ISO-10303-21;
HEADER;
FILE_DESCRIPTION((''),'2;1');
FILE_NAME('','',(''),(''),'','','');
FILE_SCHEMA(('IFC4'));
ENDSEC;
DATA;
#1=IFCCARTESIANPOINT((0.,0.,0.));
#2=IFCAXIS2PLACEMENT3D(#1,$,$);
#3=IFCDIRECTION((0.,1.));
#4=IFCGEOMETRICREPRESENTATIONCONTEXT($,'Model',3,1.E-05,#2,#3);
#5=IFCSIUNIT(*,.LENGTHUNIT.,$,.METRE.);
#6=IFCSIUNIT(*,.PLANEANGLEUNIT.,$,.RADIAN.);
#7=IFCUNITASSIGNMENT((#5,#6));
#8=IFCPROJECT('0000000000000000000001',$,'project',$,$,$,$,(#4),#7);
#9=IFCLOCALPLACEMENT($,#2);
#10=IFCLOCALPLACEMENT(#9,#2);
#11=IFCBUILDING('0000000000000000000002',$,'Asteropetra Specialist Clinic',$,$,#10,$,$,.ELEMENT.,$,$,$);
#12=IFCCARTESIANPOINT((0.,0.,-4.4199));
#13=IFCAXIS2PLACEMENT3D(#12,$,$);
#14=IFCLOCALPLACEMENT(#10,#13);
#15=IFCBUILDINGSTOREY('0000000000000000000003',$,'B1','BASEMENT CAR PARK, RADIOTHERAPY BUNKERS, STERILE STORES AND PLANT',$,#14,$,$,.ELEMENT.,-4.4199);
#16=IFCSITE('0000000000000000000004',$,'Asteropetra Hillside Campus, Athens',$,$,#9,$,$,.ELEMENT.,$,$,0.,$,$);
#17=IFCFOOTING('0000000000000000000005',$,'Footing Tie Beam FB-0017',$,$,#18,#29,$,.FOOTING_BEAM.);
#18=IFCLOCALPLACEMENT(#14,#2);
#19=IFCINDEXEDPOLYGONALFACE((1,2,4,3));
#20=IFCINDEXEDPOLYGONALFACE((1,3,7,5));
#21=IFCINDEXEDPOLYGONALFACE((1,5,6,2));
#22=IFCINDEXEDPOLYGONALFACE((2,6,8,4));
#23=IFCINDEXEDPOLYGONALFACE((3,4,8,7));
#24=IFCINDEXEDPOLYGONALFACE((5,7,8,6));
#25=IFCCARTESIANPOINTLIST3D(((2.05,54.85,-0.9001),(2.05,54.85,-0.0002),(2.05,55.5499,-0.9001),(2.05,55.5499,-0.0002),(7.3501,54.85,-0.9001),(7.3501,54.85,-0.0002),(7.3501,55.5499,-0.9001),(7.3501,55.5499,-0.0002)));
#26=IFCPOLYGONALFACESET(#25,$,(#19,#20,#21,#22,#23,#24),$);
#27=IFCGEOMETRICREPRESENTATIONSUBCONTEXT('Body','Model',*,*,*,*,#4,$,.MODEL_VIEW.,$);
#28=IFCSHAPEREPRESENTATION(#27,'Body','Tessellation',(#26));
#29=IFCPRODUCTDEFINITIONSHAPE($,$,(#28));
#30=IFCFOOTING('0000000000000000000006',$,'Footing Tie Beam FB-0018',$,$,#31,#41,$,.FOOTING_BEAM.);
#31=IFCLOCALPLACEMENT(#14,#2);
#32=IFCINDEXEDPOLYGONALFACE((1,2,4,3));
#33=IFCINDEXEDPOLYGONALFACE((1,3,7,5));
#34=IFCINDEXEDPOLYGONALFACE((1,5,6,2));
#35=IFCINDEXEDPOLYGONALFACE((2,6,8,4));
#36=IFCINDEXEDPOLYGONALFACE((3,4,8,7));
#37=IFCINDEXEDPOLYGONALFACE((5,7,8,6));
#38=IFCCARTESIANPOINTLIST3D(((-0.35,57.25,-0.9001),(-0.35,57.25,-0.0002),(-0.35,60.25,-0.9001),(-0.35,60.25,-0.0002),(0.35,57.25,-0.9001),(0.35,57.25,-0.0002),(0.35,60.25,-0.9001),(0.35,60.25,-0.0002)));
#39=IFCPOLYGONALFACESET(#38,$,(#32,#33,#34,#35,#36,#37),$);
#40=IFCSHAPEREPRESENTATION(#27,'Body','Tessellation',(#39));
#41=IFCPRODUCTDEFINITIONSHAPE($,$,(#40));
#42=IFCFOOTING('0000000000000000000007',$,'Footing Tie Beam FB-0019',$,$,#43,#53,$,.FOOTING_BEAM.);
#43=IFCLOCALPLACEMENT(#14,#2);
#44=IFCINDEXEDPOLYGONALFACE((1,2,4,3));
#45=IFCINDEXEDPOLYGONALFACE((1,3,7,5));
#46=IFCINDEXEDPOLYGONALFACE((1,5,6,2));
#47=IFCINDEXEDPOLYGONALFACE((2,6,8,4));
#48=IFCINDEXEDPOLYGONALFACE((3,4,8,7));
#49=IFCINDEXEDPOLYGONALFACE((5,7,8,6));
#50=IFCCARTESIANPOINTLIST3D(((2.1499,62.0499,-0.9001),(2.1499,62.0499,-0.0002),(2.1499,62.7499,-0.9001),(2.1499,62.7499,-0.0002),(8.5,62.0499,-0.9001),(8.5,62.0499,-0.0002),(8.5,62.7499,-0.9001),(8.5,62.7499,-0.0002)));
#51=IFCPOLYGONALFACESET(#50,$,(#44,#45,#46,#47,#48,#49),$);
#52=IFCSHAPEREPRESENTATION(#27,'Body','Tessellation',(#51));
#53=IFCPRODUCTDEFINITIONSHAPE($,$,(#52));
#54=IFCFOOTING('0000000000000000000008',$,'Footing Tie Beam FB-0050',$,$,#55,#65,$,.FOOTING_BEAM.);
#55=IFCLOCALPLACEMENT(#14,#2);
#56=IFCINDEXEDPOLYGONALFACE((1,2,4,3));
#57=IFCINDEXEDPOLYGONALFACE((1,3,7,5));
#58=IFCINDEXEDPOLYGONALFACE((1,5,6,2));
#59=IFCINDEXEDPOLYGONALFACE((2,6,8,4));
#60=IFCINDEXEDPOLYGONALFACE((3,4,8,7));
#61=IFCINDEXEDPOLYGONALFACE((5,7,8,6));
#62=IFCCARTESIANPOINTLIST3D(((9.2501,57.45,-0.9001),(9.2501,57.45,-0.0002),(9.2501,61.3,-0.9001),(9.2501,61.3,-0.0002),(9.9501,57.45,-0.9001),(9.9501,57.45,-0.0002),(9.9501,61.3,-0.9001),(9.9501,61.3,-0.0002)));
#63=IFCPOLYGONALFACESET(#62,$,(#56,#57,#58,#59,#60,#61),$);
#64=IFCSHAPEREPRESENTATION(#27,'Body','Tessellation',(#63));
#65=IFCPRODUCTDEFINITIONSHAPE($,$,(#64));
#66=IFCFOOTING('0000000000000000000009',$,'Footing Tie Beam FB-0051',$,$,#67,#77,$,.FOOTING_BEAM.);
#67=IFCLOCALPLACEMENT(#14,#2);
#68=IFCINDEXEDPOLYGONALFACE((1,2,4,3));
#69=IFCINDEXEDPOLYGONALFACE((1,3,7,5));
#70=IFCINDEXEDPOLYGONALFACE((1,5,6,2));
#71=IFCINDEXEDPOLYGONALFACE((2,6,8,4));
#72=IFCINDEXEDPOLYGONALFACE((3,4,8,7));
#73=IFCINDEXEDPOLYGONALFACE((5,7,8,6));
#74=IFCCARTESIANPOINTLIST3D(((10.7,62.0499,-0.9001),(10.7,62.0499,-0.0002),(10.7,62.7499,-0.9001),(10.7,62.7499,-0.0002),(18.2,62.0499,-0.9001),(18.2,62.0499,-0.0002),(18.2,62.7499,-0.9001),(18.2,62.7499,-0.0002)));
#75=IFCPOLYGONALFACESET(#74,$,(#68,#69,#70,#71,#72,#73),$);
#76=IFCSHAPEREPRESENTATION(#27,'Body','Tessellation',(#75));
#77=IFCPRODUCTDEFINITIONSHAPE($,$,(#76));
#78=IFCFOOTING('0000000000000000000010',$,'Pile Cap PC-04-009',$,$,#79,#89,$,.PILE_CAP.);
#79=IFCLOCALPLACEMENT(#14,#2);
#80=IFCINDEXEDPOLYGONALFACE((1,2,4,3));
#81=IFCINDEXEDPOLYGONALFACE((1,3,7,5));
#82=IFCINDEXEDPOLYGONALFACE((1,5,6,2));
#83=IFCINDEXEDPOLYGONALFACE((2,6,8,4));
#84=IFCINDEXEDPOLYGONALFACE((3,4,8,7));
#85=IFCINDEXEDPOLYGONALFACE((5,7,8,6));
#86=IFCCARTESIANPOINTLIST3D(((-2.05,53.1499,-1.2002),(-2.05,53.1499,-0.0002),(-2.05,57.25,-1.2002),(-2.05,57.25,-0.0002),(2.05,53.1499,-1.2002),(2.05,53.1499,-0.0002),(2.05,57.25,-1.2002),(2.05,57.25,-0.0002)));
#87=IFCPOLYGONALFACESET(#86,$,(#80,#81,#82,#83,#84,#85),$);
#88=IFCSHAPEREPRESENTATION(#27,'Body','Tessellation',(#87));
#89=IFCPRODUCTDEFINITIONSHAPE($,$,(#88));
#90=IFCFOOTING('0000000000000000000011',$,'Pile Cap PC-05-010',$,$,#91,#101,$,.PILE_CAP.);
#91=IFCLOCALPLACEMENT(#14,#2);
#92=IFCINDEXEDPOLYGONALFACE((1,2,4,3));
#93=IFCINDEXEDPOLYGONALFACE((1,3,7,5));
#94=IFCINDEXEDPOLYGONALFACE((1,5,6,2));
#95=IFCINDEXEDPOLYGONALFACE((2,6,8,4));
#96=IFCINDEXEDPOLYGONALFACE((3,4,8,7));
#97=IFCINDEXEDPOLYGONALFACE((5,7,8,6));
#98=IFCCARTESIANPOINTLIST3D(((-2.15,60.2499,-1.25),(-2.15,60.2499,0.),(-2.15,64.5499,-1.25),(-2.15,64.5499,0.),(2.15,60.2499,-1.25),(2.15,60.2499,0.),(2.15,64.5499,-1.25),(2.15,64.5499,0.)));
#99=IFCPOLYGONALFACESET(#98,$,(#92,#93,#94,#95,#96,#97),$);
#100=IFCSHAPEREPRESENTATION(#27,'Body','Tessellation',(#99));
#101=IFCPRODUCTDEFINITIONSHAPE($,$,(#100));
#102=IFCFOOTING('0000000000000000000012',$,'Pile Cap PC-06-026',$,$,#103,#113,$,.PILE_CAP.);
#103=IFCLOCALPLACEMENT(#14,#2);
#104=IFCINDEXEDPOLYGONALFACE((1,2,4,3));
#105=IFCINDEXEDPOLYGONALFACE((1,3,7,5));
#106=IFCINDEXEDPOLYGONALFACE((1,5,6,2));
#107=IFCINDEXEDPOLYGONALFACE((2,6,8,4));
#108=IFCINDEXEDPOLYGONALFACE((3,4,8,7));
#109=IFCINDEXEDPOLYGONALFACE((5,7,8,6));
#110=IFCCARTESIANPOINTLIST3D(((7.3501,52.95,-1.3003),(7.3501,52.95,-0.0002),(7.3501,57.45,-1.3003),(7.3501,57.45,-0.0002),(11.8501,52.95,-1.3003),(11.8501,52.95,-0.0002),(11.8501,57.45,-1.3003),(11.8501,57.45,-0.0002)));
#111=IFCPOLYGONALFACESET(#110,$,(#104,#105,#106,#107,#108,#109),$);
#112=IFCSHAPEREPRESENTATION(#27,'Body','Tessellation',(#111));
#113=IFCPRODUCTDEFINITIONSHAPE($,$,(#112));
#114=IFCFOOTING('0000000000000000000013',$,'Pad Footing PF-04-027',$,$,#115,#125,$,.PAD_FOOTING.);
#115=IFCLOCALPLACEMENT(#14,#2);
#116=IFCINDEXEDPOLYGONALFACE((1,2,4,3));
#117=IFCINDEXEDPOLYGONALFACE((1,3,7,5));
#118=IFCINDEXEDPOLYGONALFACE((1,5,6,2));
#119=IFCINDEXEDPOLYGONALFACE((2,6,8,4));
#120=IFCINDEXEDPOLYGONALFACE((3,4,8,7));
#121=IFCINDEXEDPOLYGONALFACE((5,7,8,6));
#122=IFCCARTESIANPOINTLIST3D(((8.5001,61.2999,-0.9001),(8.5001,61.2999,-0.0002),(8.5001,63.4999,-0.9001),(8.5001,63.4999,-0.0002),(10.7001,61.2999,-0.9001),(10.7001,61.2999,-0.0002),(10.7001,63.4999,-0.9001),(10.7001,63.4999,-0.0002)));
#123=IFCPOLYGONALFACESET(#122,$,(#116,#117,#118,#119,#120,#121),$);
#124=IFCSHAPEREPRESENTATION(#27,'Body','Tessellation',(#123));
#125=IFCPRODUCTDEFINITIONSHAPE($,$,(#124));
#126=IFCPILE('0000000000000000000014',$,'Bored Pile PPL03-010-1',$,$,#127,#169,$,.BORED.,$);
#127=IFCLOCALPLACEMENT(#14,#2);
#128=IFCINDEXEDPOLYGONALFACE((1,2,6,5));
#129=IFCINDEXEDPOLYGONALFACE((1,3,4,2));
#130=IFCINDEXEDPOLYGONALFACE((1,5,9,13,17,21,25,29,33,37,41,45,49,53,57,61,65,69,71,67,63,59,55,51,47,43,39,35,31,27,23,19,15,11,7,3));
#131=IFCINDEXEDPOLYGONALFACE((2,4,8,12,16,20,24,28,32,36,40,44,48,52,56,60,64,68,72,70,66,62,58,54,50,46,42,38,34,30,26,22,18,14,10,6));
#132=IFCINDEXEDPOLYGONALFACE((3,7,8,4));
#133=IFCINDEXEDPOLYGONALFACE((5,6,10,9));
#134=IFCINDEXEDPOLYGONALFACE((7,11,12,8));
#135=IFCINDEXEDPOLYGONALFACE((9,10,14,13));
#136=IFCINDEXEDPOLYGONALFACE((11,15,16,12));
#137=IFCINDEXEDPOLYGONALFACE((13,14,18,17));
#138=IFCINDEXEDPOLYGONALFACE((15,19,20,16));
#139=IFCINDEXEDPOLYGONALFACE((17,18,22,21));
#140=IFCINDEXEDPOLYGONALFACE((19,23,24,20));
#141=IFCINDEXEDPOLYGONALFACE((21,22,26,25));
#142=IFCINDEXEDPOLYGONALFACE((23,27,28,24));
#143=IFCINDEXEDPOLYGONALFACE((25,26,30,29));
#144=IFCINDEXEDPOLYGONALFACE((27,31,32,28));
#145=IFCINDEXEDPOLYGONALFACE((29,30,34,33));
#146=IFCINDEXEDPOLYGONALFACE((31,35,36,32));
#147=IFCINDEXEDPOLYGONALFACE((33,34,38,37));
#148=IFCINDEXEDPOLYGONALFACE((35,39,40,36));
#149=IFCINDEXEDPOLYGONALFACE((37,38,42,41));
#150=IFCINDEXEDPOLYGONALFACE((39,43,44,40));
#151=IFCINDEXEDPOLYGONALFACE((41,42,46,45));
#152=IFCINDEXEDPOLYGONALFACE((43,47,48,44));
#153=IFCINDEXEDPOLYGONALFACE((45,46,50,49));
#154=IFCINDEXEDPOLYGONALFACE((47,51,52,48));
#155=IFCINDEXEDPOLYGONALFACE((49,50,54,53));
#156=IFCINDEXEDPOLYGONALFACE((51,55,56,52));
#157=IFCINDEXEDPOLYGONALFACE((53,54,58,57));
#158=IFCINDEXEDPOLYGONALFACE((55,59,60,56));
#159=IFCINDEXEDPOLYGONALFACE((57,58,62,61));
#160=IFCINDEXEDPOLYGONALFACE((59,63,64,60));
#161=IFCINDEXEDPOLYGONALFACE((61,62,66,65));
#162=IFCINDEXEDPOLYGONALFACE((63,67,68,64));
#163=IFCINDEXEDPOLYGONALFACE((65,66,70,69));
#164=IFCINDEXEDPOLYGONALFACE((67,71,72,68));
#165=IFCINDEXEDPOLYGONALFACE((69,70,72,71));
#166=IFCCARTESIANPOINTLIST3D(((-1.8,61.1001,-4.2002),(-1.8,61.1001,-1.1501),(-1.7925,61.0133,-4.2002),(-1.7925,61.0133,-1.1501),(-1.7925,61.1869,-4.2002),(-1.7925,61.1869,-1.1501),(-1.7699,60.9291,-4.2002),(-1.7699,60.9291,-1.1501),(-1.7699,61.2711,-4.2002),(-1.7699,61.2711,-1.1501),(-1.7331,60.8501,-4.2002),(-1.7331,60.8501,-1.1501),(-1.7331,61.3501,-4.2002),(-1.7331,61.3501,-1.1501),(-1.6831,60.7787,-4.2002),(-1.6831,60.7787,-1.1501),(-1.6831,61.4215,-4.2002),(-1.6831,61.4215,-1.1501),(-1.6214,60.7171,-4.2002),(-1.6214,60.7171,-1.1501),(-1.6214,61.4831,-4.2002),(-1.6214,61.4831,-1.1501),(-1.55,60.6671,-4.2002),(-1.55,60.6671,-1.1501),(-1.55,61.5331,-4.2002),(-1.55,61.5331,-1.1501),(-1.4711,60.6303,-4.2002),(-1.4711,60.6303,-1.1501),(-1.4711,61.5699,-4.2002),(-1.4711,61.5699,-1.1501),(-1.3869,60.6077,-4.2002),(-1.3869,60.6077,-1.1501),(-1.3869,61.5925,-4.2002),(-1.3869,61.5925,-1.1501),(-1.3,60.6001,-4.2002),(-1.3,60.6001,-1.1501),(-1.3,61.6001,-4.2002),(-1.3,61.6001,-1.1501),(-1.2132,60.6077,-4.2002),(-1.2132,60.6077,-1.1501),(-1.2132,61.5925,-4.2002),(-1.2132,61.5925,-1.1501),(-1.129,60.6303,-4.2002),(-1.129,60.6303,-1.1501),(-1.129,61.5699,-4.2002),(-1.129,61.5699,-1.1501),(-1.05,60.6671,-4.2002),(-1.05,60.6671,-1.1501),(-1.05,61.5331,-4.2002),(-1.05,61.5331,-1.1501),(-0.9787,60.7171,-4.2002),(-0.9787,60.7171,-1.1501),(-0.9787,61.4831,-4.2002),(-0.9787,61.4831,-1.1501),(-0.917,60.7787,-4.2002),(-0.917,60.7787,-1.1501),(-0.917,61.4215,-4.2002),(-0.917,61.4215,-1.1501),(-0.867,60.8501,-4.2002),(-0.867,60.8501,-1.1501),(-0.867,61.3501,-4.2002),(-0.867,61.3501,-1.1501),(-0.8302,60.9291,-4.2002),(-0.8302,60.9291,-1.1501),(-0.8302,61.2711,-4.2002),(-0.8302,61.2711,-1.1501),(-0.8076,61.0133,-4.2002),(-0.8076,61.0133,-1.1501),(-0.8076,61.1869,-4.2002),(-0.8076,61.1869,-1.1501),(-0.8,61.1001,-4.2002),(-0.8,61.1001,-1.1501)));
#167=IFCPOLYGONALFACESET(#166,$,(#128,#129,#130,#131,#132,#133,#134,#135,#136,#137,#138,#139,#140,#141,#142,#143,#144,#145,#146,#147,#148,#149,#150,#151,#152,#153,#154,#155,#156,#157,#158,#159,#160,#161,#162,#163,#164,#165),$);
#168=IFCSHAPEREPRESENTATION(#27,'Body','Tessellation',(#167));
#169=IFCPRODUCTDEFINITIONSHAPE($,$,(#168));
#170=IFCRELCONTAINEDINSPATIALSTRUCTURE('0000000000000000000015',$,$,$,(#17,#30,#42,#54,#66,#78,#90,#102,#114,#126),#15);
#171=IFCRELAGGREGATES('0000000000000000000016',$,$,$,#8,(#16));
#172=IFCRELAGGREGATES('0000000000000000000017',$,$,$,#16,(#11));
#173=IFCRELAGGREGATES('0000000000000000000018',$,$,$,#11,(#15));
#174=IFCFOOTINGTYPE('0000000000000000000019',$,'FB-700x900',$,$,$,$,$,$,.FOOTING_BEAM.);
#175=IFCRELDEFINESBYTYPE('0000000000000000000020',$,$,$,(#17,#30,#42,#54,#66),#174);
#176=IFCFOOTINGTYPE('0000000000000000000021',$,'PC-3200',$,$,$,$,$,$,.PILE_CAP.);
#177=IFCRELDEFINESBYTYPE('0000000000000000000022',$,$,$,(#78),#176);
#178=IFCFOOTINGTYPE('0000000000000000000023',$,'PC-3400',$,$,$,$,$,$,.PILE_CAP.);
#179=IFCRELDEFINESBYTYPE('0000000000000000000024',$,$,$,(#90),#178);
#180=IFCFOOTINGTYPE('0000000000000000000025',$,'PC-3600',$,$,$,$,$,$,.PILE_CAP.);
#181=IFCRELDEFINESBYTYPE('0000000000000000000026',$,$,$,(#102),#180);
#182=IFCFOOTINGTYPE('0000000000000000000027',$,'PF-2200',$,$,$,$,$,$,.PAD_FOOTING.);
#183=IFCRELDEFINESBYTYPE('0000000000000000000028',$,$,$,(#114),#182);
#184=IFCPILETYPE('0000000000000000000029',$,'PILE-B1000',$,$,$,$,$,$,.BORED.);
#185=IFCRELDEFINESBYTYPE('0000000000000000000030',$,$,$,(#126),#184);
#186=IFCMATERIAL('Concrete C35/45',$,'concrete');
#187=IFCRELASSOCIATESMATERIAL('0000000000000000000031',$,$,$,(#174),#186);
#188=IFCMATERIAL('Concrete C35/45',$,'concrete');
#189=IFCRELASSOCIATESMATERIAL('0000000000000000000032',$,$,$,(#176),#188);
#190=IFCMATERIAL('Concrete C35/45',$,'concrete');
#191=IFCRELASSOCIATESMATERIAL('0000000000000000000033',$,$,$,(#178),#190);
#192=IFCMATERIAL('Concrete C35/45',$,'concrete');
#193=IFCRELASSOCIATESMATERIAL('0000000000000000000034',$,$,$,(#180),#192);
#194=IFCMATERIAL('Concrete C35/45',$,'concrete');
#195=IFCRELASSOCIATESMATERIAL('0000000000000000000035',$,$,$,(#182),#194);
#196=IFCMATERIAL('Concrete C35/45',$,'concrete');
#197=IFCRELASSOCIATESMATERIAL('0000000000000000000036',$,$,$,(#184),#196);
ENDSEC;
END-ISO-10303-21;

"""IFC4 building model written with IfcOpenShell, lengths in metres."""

from ifc_helpers import new_model, si_unit, direction, frame, origin, origin_2d, place, context, subcontext, project, spatial, rectangle, circle, extrude, material, material_profile, profile_set, type_object, element, save


model = new_model("IFC4")

# Units and contexts
model_context = context("Model", 3, precision=1e-05, world=origin(), true_north=direction((0.0, 1.0)))
body_context = subcontext(model_context, "Body", "Model", "MODEL_VIEW")
ifc_project = project(units=[si_unit("LENGTHUNIT", "METRE"), si_unit("PLANEANGLEUNIT", "RADIAN")], contexts=[model_context])

# Site, building, storey
site_placement = place(None, origin())
site = spatial("IfcSite", under=ifc_project, at=site_placement, Name="Asteropetra Hillside Campus, Athens", CompositionType="ELEMENT", RefElevation=0.0)
building_placement = place(site_placement, origin())
building = spatial("IfcBuilding", under=site, at=building_placement, Name="Asteropetra Specialist Clinic", CompositionType="ELEMENT")
storey_placement = place(building_placement, frame((0.0, 0.0, -4.4199)))
storey = spatial("IfcBuildingStorey", under=building, at=storey_placement, Name="B1", Description="BASEMENT CAR PARK, RADIOTHERAPY BUNKERS, STERILE STORES AND PLANT", CompositionType="ELEMENT", Elevation=-4.4199)

# Footings
ifc_material_1 = material(Name="Concrete C35/45", Category="concrete")
ifc_material_profile_1 = material_profile(ifc_material_1, rectangle(XDim=0.7, YDim=0.8999, at=origin_2d()), Name="FB 700x900")
ifc_profile_set_1 = profile_set([ifc_material_profile_1], Name="Concrete C35/45")
footing_type_1 = type_object("IfcFootingType", Name="FB-700x900", PredefinedType="FOOTING_BEAM", material=ifc_profile_set_1)
footing_1_placement = place(storey_placement, frame((2.05, 55.2, -0.4502), z_axis=(1.0, 0.0, 0.0), x_axis=(0.0, 1.0, 0.0)))
element("IfcFooting", 1, at=footing_1_placement, inside=storey, type_object=footing_type_1, Name="Footing Tie Beam FB-0017", PredefinedType="FOOTING_BEAM", context=body_context, shape_type="SweptSolid", body=[
    extrude(rectangle(XDim=0.7, YDim=0.8999, at=origin_2d()), origin(), (0.0, 0.0, 1.0), 5.3),
])
footing_2_placement = place(storey_placement, frame((0.0, 57.25, -0.4502), z_axis=(0.0, 1.0, 0.0), x_axis=(-1.0, 0.0, 0.0)))
element("IfcFooting", 2, at=footing_2_placement, inside=storey, type_object=footing_type_1, Name="Footing Tie Beam FB-0018", PredefinedType="FOOTING_BEAM", context=body_context, shape_type="SweptSolid", body=[
    extrude(rectangle(XDim=0.7, YDim=0.8999, at=origin_2d()), origin(), (0.0, 0.0, 1.0), 3.0),
])
footing_3_placement = place(storey_placement, frame((2.1499, 62.3999, -0.4502), z_axis=(1.0, 0.0, 0.0), x_axis=(0.0, 1.0, 0.0)))
element("IfcFooting", 3, at=footing_3_placement, inside=storey, type_object=footing_type_1, Name="Footing Tie Beam FB-0019", PredefinedType="FOOTING_BEAM", context=body_context, shape_type="SweptSolid", body=[
    extrude(rectangle(XDim=0.7, YDim=0.8999, at=origin_2d()), origin(), (0.0, 0.0, 1.0), 6.3501),
])
footing_4_placement = place(storey_placement, frame((9.6001, 57.45, -0.4502), z_axis=(0.0, 1.0, 0.0), x_axis=(-1.0, 0.0, 0.0)))
element("IfcFooting", 4, at=footing_4_placement, inside=storey, type_object=footing_type_1, Name="Footing Tie Beam FB-0050", PredefinedType="FOOTING_BEAM", context=body_context, shape_type="SweptSolid", body=[
    extrude(rectangle(XDim=0.7, YDim=0.8999, at=origin_2d()), origin(), (0.0, 0.0, 1.0), 3.8501),
])
footing_5_placement = place(storey_placement, frame((10.7, 62.3999, -0.4502), z_axis=(1.0, 0.0, 0.0), x_axis=(0.0, 1.0, 0.0)))
element("IfcFooting", 5, at=footing_5_placement, inside=storey, type_object=footing_type_1, Name="Footing Tie Beam FB-0051", PredefinedType="FOOTING_BEAM", context=body_context, shape_type="SweptSolid", body=[
    extrude(rectangle(XDim=0.7, YDim=0.8999, at=origin_2d()), origin(), (0.0, 0.0, 1.0), 7.5),
])
ifc_material_2 = material(Name="Concrete C35/45", Category="concrete")
footing_type_2 = type_object("IfcFootingType", Name="PC-3200", PredefinedType="PILE_CAP", material=ifc_material_2)
footing_6_placement = place(storey_placement, frame((0.0, 55.2, -1.2002), z_axis=(0.0, 0.0, 1.0), x_axis=(1.0, 0.0, 0.0)))
element("IfcFooting", 6, at=footing_6_placement, inside=storey, type_object=footing_type_2, Name="Pile Cap PC-04-009", PredefinedType="PILE_CAP", context=body_context, shape_type="SweptSolid", body=[
    extrude(rectangle(XDim=4.1001, YDim=4.1001, at=origin_2d()), origin(), (0.0, 0.0, 1.0), 1.2),
])
ifc_material_3 = material(Name="Concrete C35/45", Category="concrete")
footing_type_3 = type_object("IfcFootingType", Name="PC-3400", PredefinedType="PILE_CAP", material=ifc_material_3)
footing_7_placement = place(storey_placement, frame((0.0, 62.3999, -1.25), z_axis=(0.0, 0.0, 1.0), x_axis=(1.0, 0.0, 0.0)))
element("IfcFooting", 7, at=footing_7_placement, inside=storey, type_object=footing_type_3, Name="Pile Cap PC-05-010", PredefinedType="PILE_CAP", context=body_context, shape_type="SweptSolid", body=[
    extrude(rectangle(XDim=4.3, YDim=4.3, at=origin_2d()), origin(), (0.0, 0.0, 1.0), 1.25),
])
ifc_material_4 = material(Name="Concrete C35/45", Category="concrete")
footing_type_4 = type_object("IfcFootingType", Name="PC-3600", PredefinedType="PILE_CAP", material=ifc_material_4)
footing_8_placement = place(storey_placement, frame((9.6001, 55.2, -1.3003), z_axis=(0.0, 0.0, 1.0), x_axis=(1.0, 0.0, 0.0)))
element("IfcFooting", 8, at=footing_8_placement, inside=storey, type_object=footing_type_4, Name="Pile Cap PC-06-026", PredefinedType="PILE_CAP", context=body_context, shape_type="SweptSolid", body=[
    extrude(rectangle(XDim=4.5, YDim=4.5, at=origin_2d()), origin(), (0.0, 0.0, 1.0), 1.3),
])
ifc_material_5 = material(Name="Concrete C35/45", Category="concrete")
footing_type_5 = type_object("IfcFootingType", Name="PF-2200", PredefinedType="PAD_FOOTING", material=ifc_material_5)
footing_9_placement = place(storey_placement, frame((9.6001, 62.3999, -0.9001), z_axis=(0.0, 0.0, 1.0), x_axis=(1.0, 0.0, 0.0)))
element("IfcFooting", 9, at=footing_9_placement, inside=storey, type_object=footing_type_5, Name="Pad Footing PF-04-027", PredefinedType="PAD_FOOTING", context=body_context, shape_type="SweptSolid", body=[
    extrude(rectangle(XDim=2.2, YDim=2.2, at=origin_2d()), origin(), (0.0, 0.0, 1.0), 0.8999),
])

# Pile
ifc_material_6 = material(Name="Concrete C35/45", Category="concrete")
ifc_material_profile_2 = material_profile(ifc_material_6, circle(Radius=0.5, at=origin_2d()), Name="PILE D1000")
ifc_profile_set_2 = profile_set([ifc_material_profile_2], Name="Concrete C35/45")
pile_type_1 = type_object("IfcPileType", Name="PILE-B1000", PredefinedType="BORED", material=ifc_profile_set_2)
for number, where, z_axis, x_axis, name in (
    (10, (-1.3, 61.1001, -1.1501), (0.0, 0.0, -1.0), (1.0, 0.0, 0.0), "Bored Pile PPL03-010-1"),
):
    element("IfcPile", number, at=place(storey_placement, frame(where, z_axis=z_axis, x_axis=x_axis)), inside=storey, type_object=pile_type_1, Name=name, PredefinedType="BORED", context=body_context, shape_type="SweptSolid", body=[
        extrude(circle(Radius=0.5, at=origin_2d()), origin(), (0.0, 0.0, 1.0), 3.05),
    ])

save(model, "model.ifc")
